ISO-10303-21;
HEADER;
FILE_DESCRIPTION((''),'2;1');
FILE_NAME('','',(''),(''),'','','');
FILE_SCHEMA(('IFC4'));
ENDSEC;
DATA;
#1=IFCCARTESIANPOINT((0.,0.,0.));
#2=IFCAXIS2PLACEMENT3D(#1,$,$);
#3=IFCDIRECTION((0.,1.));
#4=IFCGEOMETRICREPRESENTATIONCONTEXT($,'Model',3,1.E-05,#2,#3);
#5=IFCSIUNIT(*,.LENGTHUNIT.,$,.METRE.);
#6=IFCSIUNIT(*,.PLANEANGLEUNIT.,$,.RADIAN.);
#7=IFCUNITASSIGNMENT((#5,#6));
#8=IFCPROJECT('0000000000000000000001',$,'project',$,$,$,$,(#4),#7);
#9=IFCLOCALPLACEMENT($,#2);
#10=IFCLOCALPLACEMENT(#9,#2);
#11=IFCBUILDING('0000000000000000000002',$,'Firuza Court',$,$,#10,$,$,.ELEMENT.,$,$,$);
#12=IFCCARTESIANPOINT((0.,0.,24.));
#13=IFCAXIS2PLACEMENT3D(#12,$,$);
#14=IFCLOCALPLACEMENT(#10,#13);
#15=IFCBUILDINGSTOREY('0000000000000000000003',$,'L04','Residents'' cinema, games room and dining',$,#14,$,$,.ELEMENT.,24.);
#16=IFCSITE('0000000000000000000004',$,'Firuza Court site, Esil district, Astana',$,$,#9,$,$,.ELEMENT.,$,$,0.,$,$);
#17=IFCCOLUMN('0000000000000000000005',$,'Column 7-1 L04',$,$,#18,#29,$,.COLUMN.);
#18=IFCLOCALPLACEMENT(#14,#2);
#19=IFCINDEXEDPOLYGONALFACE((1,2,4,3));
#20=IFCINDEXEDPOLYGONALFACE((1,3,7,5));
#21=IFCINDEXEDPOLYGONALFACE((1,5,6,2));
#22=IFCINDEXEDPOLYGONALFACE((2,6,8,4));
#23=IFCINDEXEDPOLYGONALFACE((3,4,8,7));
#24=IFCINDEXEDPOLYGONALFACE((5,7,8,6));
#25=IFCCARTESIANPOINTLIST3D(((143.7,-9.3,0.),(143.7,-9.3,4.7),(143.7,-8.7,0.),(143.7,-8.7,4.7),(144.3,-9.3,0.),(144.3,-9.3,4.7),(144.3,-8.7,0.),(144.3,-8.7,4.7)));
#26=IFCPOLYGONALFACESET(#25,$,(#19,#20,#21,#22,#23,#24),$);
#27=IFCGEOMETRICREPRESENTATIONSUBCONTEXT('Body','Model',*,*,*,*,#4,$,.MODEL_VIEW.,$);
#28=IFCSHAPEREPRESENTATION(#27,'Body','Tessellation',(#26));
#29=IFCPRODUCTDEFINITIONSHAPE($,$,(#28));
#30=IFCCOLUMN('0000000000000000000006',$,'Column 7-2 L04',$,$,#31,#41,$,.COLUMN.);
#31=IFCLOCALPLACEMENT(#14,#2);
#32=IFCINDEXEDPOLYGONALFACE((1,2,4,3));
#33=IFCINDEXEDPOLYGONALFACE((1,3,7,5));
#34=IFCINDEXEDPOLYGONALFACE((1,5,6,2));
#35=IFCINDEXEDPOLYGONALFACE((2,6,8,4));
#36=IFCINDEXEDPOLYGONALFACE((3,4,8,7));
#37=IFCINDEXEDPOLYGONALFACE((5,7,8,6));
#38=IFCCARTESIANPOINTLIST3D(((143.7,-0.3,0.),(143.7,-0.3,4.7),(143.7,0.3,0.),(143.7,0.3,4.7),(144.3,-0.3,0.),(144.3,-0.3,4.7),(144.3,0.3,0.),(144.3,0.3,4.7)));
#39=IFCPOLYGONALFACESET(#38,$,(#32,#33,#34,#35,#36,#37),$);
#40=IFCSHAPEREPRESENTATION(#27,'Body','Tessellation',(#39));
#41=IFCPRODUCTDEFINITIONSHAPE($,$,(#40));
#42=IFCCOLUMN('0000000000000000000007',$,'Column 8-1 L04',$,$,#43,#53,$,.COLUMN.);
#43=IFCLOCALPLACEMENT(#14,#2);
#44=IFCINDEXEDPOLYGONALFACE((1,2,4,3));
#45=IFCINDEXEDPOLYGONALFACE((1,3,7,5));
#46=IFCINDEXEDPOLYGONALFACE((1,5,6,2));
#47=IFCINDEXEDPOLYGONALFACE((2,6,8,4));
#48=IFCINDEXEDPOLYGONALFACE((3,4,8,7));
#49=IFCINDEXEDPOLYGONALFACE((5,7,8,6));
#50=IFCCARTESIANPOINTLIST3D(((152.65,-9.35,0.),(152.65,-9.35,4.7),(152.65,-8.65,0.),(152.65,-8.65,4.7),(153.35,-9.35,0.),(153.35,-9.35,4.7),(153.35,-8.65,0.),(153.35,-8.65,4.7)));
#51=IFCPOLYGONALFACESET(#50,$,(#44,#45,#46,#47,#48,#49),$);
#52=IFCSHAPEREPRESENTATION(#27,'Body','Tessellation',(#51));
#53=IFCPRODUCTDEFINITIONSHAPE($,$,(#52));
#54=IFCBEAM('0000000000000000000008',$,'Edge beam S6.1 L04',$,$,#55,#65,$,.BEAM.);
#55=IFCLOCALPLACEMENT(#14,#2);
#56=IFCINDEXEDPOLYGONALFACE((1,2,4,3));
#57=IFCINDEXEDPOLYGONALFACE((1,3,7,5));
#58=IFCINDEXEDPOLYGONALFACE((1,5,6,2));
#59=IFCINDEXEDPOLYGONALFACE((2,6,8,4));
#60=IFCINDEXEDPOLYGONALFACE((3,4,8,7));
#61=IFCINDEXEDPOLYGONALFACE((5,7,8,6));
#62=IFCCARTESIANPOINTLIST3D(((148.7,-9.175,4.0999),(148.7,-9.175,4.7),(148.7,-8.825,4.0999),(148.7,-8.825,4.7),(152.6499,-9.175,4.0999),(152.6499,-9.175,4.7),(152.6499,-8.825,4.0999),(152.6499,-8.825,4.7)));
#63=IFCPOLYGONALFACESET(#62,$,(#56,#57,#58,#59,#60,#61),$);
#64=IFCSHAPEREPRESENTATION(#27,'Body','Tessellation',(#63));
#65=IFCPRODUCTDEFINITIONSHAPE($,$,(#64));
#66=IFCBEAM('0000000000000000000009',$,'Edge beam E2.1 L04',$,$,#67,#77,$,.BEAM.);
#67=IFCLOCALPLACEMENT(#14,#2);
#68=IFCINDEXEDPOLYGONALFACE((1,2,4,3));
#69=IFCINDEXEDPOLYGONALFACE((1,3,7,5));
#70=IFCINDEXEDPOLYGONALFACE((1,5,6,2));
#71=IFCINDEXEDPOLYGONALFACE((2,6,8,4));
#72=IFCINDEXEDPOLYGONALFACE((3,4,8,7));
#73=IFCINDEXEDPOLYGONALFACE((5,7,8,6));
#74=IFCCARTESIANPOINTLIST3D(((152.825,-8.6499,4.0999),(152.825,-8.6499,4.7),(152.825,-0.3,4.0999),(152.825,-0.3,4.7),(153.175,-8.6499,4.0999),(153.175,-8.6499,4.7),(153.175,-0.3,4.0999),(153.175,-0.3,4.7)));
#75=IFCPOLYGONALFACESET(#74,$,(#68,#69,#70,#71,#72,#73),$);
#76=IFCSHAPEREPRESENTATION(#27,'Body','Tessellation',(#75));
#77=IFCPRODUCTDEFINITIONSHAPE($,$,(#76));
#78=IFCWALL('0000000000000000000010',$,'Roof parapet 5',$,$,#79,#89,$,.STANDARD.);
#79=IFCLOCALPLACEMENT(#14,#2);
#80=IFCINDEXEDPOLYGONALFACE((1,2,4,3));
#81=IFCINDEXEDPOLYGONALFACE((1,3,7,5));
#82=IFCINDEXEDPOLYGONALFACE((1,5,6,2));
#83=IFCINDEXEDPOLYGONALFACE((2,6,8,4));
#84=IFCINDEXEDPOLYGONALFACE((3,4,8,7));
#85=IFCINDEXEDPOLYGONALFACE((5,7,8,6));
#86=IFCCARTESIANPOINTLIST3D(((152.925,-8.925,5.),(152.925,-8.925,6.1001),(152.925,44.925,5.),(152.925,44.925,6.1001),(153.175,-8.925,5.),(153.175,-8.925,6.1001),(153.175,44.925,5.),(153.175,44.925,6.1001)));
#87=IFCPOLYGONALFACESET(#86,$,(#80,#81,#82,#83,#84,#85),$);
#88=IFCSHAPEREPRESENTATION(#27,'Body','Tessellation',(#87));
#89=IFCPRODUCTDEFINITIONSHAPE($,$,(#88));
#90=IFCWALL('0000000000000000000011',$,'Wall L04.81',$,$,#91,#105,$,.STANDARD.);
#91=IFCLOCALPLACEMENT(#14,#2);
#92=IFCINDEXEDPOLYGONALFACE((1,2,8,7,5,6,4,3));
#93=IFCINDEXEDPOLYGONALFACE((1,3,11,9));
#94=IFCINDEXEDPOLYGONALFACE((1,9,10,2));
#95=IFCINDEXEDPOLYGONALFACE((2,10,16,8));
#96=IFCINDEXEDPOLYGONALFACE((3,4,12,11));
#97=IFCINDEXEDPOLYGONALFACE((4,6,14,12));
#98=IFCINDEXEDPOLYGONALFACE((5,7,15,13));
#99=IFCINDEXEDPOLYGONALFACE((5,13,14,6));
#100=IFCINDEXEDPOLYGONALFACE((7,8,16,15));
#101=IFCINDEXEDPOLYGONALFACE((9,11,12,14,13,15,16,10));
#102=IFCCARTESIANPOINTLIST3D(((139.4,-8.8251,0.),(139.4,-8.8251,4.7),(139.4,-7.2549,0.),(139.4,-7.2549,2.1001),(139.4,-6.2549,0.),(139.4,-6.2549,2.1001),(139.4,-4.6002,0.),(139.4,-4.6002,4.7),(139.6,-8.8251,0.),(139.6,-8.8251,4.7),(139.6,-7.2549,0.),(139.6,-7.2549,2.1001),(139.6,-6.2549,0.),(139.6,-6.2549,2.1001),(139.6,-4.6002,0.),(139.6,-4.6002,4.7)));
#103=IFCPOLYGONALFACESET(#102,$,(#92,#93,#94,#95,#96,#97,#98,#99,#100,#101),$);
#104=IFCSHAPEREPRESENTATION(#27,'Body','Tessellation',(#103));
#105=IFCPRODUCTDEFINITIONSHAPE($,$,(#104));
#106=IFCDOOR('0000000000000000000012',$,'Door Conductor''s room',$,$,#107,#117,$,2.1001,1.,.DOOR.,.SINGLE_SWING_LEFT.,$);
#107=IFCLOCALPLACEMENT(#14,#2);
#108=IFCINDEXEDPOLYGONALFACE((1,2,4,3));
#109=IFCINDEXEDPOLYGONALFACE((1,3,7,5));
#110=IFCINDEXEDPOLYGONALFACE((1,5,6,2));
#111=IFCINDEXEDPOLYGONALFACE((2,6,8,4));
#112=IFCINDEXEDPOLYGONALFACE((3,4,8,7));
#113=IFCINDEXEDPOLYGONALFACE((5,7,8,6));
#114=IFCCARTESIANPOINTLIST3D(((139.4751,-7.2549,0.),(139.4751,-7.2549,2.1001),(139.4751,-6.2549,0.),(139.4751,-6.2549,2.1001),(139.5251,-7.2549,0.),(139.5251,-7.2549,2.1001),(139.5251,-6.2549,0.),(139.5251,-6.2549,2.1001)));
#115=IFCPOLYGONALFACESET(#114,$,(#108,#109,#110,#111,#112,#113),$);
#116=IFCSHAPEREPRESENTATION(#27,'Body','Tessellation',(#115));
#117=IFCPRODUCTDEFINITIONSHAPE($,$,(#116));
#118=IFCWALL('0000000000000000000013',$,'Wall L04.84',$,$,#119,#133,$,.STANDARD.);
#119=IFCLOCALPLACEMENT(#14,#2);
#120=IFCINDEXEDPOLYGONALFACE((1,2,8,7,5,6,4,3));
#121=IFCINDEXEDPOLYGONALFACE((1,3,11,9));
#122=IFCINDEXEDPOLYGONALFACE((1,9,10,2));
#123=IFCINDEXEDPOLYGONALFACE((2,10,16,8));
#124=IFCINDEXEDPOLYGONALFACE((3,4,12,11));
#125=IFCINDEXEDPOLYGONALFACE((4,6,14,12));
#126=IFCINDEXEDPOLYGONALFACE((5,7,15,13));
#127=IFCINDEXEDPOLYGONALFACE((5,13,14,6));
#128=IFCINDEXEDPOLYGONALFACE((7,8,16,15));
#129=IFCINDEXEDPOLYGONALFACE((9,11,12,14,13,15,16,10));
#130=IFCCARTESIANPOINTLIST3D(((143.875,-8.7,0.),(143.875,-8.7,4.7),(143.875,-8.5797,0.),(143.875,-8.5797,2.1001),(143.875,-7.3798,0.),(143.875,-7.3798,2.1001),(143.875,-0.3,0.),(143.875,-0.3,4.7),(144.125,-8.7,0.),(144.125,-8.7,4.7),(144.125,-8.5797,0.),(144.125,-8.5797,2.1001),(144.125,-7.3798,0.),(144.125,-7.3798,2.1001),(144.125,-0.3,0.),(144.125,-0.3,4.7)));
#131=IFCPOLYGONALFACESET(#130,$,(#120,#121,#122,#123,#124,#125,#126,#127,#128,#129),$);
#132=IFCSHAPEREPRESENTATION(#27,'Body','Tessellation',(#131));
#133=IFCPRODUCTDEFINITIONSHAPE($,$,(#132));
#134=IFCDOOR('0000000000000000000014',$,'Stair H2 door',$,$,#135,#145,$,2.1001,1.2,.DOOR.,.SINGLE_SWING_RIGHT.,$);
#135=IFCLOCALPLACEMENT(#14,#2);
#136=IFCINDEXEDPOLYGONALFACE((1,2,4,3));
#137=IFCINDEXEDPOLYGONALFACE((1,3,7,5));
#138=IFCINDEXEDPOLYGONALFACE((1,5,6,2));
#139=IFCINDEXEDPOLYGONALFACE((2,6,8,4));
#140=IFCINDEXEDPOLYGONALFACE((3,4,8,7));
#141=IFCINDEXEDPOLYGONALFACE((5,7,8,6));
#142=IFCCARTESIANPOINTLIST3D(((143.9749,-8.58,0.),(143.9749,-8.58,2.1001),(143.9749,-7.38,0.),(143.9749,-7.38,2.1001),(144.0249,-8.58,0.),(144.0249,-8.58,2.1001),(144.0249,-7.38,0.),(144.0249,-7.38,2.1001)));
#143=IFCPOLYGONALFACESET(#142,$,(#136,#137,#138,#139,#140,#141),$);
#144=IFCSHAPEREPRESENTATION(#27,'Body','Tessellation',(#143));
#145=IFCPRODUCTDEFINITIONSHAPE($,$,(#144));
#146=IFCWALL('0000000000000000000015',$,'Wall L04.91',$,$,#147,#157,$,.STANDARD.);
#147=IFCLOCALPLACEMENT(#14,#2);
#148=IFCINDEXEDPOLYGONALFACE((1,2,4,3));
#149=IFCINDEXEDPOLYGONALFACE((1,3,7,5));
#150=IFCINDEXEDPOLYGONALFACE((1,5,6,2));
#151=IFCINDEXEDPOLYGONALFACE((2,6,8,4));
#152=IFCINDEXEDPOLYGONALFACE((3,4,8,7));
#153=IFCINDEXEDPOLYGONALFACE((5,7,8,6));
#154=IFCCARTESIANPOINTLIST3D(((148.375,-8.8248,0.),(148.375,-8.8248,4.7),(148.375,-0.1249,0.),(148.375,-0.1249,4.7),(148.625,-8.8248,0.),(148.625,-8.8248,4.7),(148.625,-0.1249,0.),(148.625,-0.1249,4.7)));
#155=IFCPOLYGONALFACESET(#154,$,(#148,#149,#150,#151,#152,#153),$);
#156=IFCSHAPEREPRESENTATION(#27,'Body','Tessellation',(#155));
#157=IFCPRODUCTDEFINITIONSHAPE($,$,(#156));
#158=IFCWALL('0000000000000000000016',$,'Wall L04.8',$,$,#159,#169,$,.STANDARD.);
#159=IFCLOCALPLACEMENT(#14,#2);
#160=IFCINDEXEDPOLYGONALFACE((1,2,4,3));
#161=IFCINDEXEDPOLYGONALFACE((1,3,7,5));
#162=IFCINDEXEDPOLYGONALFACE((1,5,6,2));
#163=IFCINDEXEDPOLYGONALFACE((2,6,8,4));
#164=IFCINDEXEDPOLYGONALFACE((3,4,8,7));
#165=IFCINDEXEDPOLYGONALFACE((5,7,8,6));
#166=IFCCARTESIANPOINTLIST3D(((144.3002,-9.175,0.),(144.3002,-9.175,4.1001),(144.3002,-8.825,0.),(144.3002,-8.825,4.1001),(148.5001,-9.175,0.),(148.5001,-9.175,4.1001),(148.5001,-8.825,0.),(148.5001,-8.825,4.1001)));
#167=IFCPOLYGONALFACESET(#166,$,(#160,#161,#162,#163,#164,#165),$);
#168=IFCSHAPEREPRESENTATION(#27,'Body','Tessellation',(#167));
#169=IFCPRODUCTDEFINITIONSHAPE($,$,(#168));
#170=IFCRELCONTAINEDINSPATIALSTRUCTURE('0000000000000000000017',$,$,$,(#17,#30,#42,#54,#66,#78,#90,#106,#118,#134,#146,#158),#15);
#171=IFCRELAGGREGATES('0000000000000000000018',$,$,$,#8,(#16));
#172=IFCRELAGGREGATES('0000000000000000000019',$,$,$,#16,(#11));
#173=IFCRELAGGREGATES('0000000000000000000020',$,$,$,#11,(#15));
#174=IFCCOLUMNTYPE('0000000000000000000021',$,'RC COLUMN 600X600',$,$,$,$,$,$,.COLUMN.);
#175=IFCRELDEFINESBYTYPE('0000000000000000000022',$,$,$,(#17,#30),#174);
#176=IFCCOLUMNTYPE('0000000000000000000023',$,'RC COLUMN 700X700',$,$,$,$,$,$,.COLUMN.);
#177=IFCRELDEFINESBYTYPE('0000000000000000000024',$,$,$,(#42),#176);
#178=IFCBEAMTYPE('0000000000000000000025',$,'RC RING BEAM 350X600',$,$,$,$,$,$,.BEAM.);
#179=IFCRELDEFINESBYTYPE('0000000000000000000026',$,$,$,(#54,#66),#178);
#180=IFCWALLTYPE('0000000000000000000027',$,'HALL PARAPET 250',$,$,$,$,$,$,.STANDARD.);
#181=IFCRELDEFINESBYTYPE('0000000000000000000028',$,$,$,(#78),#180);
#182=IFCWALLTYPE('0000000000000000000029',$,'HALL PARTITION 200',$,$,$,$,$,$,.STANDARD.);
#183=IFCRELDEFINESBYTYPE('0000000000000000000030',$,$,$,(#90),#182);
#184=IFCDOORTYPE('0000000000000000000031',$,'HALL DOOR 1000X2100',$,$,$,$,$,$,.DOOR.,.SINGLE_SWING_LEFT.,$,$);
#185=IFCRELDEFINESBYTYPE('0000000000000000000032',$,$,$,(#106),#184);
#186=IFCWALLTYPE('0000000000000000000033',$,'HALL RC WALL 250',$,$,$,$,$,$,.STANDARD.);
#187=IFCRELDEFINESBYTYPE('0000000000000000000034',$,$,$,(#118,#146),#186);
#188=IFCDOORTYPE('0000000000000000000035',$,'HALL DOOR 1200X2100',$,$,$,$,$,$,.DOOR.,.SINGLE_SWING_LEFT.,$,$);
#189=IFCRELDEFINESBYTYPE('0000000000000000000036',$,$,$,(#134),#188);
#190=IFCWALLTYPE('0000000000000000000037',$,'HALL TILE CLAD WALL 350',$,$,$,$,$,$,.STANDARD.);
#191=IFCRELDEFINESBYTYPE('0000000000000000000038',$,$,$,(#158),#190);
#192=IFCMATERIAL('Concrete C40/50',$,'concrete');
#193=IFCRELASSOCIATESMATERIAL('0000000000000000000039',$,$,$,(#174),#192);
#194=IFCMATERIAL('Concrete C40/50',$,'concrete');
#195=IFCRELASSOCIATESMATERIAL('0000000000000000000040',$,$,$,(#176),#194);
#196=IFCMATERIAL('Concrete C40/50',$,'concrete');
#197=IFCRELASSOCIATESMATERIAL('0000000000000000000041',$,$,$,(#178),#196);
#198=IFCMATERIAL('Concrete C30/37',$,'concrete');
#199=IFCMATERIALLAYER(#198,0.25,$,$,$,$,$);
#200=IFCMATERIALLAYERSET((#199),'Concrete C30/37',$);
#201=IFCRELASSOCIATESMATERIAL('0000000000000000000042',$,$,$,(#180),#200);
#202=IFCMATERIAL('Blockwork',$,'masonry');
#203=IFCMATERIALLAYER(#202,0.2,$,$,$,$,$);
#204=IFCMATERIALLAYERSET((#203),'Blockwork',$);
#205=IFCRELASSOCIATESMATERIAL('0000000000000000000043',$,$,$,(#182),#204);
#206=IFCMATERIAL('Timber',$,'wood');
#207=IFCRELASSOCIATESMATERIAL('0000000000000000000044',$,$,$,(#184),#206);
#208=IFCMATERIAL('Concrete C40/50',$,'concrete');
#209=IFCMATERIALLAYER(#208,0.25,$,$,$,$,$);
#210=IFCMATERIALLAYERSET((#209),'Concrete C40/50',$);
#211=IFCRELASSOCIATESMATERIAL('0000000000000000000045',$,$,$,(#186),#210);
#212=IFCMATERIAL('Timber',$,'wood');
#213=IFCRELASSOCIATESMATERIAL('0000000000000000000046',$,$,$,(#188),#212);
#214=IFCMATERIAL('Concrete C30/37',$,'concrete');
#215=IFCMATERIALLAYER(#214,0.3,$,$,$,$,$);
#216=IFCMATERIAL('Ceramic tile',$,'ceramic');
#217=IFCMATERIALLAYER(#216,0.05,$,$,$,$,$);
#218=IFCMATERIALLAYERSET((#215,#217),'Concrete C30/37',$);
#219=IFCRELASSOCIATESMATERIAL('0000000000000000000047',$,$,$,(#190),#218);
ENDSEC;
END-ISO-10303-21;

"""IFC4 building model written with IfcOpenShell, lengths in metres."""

from ifc_helpers import new_model, si_unit, direction, frame, frame_2d, origin, origin_2d, place, context, subcontext, project, spatial, rectangle, extrude, material, layer, layer_set, material_profile, profile_set, type_object, element, fill, save


model = new_model("IFC4")

# Units and contexts
model_context = context("Model", 3, precision=1e-05, world=origin(), true_north=direction((0.0, 1.0)))
body_context = subcontext(model_context, "Body", "Model", "MODEL_VIEW")
ifc_project = project(units=[si_unit("LENGTHUNIT", "METRE"), si_unit("PLANEANGLEUNIT", "RADIAN")], contexts=[model_context])

# Site, building, storey
site_placement = place(None, origin())
site = spatial("IfcSite", under=ifc_project, at=site_placement, Name="Firuza Court site, Esil district, Astana", CompositionType="ELEMENT", RefElevation=0.0)
building_placement = place(site_placement, origin())
building = spatial("IfcBuilding", under=site, at=building_placement, Name="Firuza Court", CompositionType="ELEMENT")
storey_placement = place(building_placement, frame((0.0, 0.0, 24.0)))
storey = spatial("IfcBuildingStorey", under=building, at=storey_placement, Name="L04", Description="Residents' cinema, games room and dining", CompositionType="ELEMENT", Elevation=24.0)

# Columns
ifc_material_1 = material(Name="Concrete C40/50", Category="concrete")
ifc_material_profile_1 = material_profile(ifc_material_1, rectangle(XDim=0.6001, YDim=0.6001, at=origin_2d()), Name="RC 600X600")
ifc_profile_set_1 = profile_set([ifc_material_profile_1], Name="Concrete C40/50")
column_type_1 = type_object("IfcColumnType", Name="RC COLUMN 600X600", PredefinedType="COLUMN", material=ifc_profile_set_1)
for number, where, z_axis, x_axis, name in (
    (1, (144.0, -9.0, 0.0), (0.0, 0.0, 1.0), (1.0, 0.0, 0.0), "Column 7-1 L04"),
    (2, (144.0, 0.0, 0.0), (0.0, 0.0, 1.0), (1.0, 0.0, 0.0), "Column 7-2 L04"),
):
    element("IfcColumn", number, at=place(storey_placement, frame(where, z_axis=z_axis, x_axis=x_axis)), inside=storey, type_object=column_type_1, Name=name, PredefinedType="COLUMN", context=body_context, shape_type="SweptSolid", body=[
        extrude(rectangle(XDim=0.6001, YDim=0.6001, at=origin_2d()), origin(), (0.0, 0.0, 1.0), 4.7),
    ])
ifc_material_2 = material(Name="Concrete C40/50", Category="concrete")
ifc_material_profile_2 = material_profile(ifc_material_2, rectangle(XDim=0.7, YDim=0.7, at=origin_2d()), Name="RC 700X700")
ifc_profile_set_2 = profile_set([ifc_material_profile_2], Name="Concrete C40/50")
column_type_2 = type_object("IfcColumnType", Name="RC COLUMN 700X700", PredefinedType="COLUMN", material=ifc_profile_set_2)
column_placement = place(storey_placement, frame((153.0, -9.0, 0.0), z_axis=(0.0, 0.0, 1.0), x_axis=(1.0, 0.0, 0.0)))
element("IfcColumn", 3, at=column_placement, inside=storey, type_object=column_type_2, Name="Column 8-1 L04", PredefinedType="COLUMN", context=body_context, shape_type="SweptSolid", body=[
    extrude(rectangle(XDim=0.7, YDim=0.7, at=origin_2d()), origin(), (0.0, 0.0, 1.0), 4.7),
])

# Beams
ifc_material_3 = material(Name="Concrete C40/50", Category="concrete")
ifc_material_profile_3 = material_profile(ifc_material_3, rectangle(XDim=0.3501, YDim=0.6001, at=origin_2d()), Name="RC 350X600")
ifc_profile_set_3 = profile_set([ifc_material_profile_3], Name="Concrete C40/50")
beam_type = type_object("IfcBeamType", Name="RC RING BEAM 350X600", PredefinedType="BEAM", material=ifc_profile_set_3)
beam_1_placement = place(storey_placement, frame((148.7, -9.0, 4.3999), z_axis=(1.0, 0.0, 0.0), x_axis=(0.0, 1.0, 0.0)))
element("IfcBeam", 4, at=beam_1_placement, inside=storey, type_object=beam_type, Name="Edge beam S6.1 L04", PredefinedType="BEAM", context=body_context, shape_type="SweptSolid", body=[
    extrude(rectangle(XDim=0.3501, YDim=0.6001, at=origin_2d()), origin(), (0.0, 0.0, 1.0), 3.95),
])
beam_2_placement = place(storey_placement, frame((153.0, -8.6499, 4.3999), z_axis=(0.0, 1.0, 0.0), x_axis=(-1.0, 0.0, 0.0)))
element("IfcBeam", 5, at=beam_2_placement, inside=storey, type_object=beam_type, Name="Edge beam E2.1 L04", PredefinedType="BEAM", context=body_context, shape_type="SweptSolid", body=[
    extrude(rectangle(XDim=0.3501, YDim=0.6001, at=origin_2d()), origin(), (0.0, 0.0, 1.0), 8.3499),
])

# Wall
ifc_material_4 = material(Name="Concrete C30/37", Category="concrete")
ifc_layer_1 = layer(ifc_material_4, 0.25)
ifc_layer_set_1 = layer_set([ifc_layer_1], Name="Concrete C30/37")
wall_type_1 = type_object("IfcWallType", Name="HALL PARAPET 250", PredefinedType="STANDARD", material=ifc_layer_set_1)
wall_1_placement = place(storey_placement, frame((153.05, -8.925, 5.0), z_axis=(0.0, 0.0, 1.0), x_axis=(0.0, 1.0, 0.0)))
element("IfcWall", 6, at=wall_1_placement, inside=storey, type_object=wall_type_1, Name="Roof parapet 5", PredefinedType="STANDARD", context=body_context, shape_type="SweptSolid", body=[
    extrude(rectangle(XDim=53.8501, YDim=0.25, at=frame_2d((26.925, 0.0))), origin(), (0.0, 0.0, 1.0), 1.1001),
])

# Walls, openings, doors
ifc_material_5 = material(Name="Blockwork", Category="masonry")
ifc_layer_2 = layer(ifc_material_5, 0.2)
ifc_layer_set_2 = layer_set([ifc_layer_2], Name="Blockwork")
wall_type_2 = type_object("IfcWallType", Name="HALL PARTITION 200", PredefinedType="STANDARD", material=ifc_layer_set_2)
wall_2_placement = place(storey_placement, frame((139.5, -8.825, 0.0), z_axis=(0.0, 0.0, 1.0), x_axis=(0.0, 1.0, 0.0)))
wall_2 = element("IfcWall", 7, at=wall_2_placement, inside=storey, type_object=wall_type_2, Name="Wall L04.81", PredefinedType="STANDARD", context=body_context, shape_type="SweptSolid", body=[
    extrude(rectangle(XDim=4.2249, YDim=0.2, at=frame_2d((2.1123, 0.0))), origin(), (0.0, 0.0, 1.0), 4.7),
])
opening_1_placement = place(wall_2_placement, frame((1.5701, 0.0, 0.0)))
opening_1 = element("IfcOpeningElement", 8, at=opening_1_placement, cuts=wall_2, PredefinedType="OPENING", context=body_context, shape_type="SweptSolid", body=[
    extrude(rectangle(XDim=1.0, YDim=2.1001, at=frame_2d((0.5, 1.05))), frame((0.0, 0.1118, 0.0), z_axis=(0.0, -1.0, 0.0), x_axis=(1.0, 0.0, 0.0)), (0.0, 0.0, 1.0), 0.2239),
])
ifc_material_6 = material(Name="Timber", Category="wood")
door_type_1 = type_object("IfcDoorType", Name="HALL DOOR 1000X2100", OperationType="SINGLE_SWING_LEFT", PredefinedType="DOOR", material=ifc_material_6)
door_1_placement = place(opening_1_placement, origin())
door_1 = element("IfcDoor", 9, at=door_1_placement, inside=storey, type_object=door_type_1, Name="Door Conductor's room", OperationType="SINGLE_SWING_LEFT", OverallHeight=2.1001, OverallWidth=1.0, PredefinedType="DOOR", context=body_context, shape_type="SweptSolid", body=[
    extrude(rectangle(XDim=1.0, YDim=2.1001, at=frame_2d((0.5, 1.05))), frame((0.0, 0.0249, 0.0), z_axis=(0.0, -1.0, 0.0), x_axis=(1.0, 0.0, 0.0)), (0.0, 0.0, 1.0), 0.05),
])
fill(opening_1, door_1)
ifc_material_7 = material(Name="Concrete C40/50", Category="concrete")
ifc_layer_3 = layer(ifc_material_7, 0.25)
ifc_layer_set_3 = layer_set([ifc_layer_3], Name="Concrete C40/50")
wall_type_3 = type_object("IfcWallType", Name="HALL RC WALL 250", PredefinedType="STANDARD", material=ifc_layer_set_3)
wall_3_placement = place(storey_placement, frame((144.0, -8.7, 0.0), z_axis=(0.0, 0.0, 1.0), x_axis=(0.0, 1.0, 0.0)))
wall_3 = element("IfcWall", 10, at=wall_3_placement, inside=storey, type_object=wall_type_3, Name="Wall L04.84", PredefinedType="STANDARD", context=body_context, shape_type="SweptSolid", body=[
    extrude(rectangle(XDim=8.3999, YDim=0.25, at=frame_2d((4.2, 0.0))), origin(), (0.0, 0.0, 1.0), 4.7),
])
opening_2_placement = place(wall_3_placement, frame((0.1201, 0.0, 0.0)))
opening_2 = element("IfcOpeningElement", 11, at=opening_2_placement, cuts=wall_3, PredefinedType="OPENING", context=body_context, shape_type="SweptSolid", body=[
    extrude(rectangle(XDim=1.2, YDim=2.1001, at=frame_2d((0.6001, 1.05))), frame((0.0, 0.137, 0.0), z_axis=(0.0, -1.0, 0.0), x_axis=(1.0, 0.0, 0.0)), (0.0, 0.0, 1.0), 0.2739),
])
ifc_material_8 = material(Name="Timber", Category="wood")
door_type_2 = type_object("IfcDoorType", Name="HALL DOOR 1200X2100", OperationType="SINGLE_SWING_LEFT", PredefinedType="DOOR", material=ifc_material_8)
door_2_placement = place(opening_2_placement, frame((1.2, 0.0, 0.0), z_axis=(0.0, 0.0, 1.0), x_axis=(-1.0, 0.0, 0.0)))
door_2 = element("IfcDoor", 12, at=door_2_placement, inside=storey, type_object=door_type_2, Name="Stair H2 door", OperationType="SINGLE_SWING_RIGHT", OverallHeight=2.1001, OverallWidth=1.2, PredefinedType="DOOR", context=body_context, shape_type="SweptSolid", body=[
    extrude(rectangle(XDim=1.2, YDim=2.1001, at=frame_2d((0.6001, 1.05))), frame((0.0, 0.0249, 0.0), z_axis=(0.0, -1.0, 0.0), x_axis=(1.0, 0.0, 0.0)), (0.0, 0.0, 1.0), 0.05),
])
fill(opening_2, door_2)

# Walls
wall_4_placement = place(storey_placement, frame((148.5, -8.825, 0.0), z_axis=(0.0, 0.0, 1.0), x_axis=(0.0, 1.0, 0.0)))
element("IfcWall", 13, at=wall_4_placement, inside=storey, type_object=wall_type_3, Name="Wall L04.91", PredefinedType="STANDARD", context=body_context, shape_type="SweptSolid", body=[
    extrude(rectangle(XDim=8.7, YDim=0.25, at=frame_2d((4.3501, 0.0))), origin(), (0.0, 0.0, 1.0), 4.7),
])
ifc_material_9 = material(Name="Concrete C30/37", Category="concrete")
ifc_layer_4 = layer(ifc_material_9, 0.3)
ifc_material_10 = material(Name="Ceramic tile", Category="ceramic")
ifc_layer_5 = layer(ifc_material_10, 0.05)
ifc_layer_set_4 = layer_set([ifc_layer_4, ifc_layer_5], Name="Concrete C30/37")
wall_type_4 = type_object("IfcWallType", Name="HALL TILE CLAD WALL 350", PredefinedType="STANDARD", material=ifc_layer_set_4)
wall_5_placement = place(storey_placement, frame((144.3, -9.0, 0.0), z_axis=(0.0, 0.0, 1.0), x_axis=(1.0, 0.0, 0.0)))
element("IfcWall", 14, at=wall_5_placement, inside=storey, type_object=wall_type_4, Name="Wall L04.8", PredefinedType="STANDARD", context=body_context, shape_type="SweptSolid", body=[
    extrude(rectangle(XDim=4.2, YDim=0.3501, at=frame_2d((2.1001, 0.0))), origin(), (0.0, 0.0, 1.0), 4.1001),
])

save(model, "model.ifc")
